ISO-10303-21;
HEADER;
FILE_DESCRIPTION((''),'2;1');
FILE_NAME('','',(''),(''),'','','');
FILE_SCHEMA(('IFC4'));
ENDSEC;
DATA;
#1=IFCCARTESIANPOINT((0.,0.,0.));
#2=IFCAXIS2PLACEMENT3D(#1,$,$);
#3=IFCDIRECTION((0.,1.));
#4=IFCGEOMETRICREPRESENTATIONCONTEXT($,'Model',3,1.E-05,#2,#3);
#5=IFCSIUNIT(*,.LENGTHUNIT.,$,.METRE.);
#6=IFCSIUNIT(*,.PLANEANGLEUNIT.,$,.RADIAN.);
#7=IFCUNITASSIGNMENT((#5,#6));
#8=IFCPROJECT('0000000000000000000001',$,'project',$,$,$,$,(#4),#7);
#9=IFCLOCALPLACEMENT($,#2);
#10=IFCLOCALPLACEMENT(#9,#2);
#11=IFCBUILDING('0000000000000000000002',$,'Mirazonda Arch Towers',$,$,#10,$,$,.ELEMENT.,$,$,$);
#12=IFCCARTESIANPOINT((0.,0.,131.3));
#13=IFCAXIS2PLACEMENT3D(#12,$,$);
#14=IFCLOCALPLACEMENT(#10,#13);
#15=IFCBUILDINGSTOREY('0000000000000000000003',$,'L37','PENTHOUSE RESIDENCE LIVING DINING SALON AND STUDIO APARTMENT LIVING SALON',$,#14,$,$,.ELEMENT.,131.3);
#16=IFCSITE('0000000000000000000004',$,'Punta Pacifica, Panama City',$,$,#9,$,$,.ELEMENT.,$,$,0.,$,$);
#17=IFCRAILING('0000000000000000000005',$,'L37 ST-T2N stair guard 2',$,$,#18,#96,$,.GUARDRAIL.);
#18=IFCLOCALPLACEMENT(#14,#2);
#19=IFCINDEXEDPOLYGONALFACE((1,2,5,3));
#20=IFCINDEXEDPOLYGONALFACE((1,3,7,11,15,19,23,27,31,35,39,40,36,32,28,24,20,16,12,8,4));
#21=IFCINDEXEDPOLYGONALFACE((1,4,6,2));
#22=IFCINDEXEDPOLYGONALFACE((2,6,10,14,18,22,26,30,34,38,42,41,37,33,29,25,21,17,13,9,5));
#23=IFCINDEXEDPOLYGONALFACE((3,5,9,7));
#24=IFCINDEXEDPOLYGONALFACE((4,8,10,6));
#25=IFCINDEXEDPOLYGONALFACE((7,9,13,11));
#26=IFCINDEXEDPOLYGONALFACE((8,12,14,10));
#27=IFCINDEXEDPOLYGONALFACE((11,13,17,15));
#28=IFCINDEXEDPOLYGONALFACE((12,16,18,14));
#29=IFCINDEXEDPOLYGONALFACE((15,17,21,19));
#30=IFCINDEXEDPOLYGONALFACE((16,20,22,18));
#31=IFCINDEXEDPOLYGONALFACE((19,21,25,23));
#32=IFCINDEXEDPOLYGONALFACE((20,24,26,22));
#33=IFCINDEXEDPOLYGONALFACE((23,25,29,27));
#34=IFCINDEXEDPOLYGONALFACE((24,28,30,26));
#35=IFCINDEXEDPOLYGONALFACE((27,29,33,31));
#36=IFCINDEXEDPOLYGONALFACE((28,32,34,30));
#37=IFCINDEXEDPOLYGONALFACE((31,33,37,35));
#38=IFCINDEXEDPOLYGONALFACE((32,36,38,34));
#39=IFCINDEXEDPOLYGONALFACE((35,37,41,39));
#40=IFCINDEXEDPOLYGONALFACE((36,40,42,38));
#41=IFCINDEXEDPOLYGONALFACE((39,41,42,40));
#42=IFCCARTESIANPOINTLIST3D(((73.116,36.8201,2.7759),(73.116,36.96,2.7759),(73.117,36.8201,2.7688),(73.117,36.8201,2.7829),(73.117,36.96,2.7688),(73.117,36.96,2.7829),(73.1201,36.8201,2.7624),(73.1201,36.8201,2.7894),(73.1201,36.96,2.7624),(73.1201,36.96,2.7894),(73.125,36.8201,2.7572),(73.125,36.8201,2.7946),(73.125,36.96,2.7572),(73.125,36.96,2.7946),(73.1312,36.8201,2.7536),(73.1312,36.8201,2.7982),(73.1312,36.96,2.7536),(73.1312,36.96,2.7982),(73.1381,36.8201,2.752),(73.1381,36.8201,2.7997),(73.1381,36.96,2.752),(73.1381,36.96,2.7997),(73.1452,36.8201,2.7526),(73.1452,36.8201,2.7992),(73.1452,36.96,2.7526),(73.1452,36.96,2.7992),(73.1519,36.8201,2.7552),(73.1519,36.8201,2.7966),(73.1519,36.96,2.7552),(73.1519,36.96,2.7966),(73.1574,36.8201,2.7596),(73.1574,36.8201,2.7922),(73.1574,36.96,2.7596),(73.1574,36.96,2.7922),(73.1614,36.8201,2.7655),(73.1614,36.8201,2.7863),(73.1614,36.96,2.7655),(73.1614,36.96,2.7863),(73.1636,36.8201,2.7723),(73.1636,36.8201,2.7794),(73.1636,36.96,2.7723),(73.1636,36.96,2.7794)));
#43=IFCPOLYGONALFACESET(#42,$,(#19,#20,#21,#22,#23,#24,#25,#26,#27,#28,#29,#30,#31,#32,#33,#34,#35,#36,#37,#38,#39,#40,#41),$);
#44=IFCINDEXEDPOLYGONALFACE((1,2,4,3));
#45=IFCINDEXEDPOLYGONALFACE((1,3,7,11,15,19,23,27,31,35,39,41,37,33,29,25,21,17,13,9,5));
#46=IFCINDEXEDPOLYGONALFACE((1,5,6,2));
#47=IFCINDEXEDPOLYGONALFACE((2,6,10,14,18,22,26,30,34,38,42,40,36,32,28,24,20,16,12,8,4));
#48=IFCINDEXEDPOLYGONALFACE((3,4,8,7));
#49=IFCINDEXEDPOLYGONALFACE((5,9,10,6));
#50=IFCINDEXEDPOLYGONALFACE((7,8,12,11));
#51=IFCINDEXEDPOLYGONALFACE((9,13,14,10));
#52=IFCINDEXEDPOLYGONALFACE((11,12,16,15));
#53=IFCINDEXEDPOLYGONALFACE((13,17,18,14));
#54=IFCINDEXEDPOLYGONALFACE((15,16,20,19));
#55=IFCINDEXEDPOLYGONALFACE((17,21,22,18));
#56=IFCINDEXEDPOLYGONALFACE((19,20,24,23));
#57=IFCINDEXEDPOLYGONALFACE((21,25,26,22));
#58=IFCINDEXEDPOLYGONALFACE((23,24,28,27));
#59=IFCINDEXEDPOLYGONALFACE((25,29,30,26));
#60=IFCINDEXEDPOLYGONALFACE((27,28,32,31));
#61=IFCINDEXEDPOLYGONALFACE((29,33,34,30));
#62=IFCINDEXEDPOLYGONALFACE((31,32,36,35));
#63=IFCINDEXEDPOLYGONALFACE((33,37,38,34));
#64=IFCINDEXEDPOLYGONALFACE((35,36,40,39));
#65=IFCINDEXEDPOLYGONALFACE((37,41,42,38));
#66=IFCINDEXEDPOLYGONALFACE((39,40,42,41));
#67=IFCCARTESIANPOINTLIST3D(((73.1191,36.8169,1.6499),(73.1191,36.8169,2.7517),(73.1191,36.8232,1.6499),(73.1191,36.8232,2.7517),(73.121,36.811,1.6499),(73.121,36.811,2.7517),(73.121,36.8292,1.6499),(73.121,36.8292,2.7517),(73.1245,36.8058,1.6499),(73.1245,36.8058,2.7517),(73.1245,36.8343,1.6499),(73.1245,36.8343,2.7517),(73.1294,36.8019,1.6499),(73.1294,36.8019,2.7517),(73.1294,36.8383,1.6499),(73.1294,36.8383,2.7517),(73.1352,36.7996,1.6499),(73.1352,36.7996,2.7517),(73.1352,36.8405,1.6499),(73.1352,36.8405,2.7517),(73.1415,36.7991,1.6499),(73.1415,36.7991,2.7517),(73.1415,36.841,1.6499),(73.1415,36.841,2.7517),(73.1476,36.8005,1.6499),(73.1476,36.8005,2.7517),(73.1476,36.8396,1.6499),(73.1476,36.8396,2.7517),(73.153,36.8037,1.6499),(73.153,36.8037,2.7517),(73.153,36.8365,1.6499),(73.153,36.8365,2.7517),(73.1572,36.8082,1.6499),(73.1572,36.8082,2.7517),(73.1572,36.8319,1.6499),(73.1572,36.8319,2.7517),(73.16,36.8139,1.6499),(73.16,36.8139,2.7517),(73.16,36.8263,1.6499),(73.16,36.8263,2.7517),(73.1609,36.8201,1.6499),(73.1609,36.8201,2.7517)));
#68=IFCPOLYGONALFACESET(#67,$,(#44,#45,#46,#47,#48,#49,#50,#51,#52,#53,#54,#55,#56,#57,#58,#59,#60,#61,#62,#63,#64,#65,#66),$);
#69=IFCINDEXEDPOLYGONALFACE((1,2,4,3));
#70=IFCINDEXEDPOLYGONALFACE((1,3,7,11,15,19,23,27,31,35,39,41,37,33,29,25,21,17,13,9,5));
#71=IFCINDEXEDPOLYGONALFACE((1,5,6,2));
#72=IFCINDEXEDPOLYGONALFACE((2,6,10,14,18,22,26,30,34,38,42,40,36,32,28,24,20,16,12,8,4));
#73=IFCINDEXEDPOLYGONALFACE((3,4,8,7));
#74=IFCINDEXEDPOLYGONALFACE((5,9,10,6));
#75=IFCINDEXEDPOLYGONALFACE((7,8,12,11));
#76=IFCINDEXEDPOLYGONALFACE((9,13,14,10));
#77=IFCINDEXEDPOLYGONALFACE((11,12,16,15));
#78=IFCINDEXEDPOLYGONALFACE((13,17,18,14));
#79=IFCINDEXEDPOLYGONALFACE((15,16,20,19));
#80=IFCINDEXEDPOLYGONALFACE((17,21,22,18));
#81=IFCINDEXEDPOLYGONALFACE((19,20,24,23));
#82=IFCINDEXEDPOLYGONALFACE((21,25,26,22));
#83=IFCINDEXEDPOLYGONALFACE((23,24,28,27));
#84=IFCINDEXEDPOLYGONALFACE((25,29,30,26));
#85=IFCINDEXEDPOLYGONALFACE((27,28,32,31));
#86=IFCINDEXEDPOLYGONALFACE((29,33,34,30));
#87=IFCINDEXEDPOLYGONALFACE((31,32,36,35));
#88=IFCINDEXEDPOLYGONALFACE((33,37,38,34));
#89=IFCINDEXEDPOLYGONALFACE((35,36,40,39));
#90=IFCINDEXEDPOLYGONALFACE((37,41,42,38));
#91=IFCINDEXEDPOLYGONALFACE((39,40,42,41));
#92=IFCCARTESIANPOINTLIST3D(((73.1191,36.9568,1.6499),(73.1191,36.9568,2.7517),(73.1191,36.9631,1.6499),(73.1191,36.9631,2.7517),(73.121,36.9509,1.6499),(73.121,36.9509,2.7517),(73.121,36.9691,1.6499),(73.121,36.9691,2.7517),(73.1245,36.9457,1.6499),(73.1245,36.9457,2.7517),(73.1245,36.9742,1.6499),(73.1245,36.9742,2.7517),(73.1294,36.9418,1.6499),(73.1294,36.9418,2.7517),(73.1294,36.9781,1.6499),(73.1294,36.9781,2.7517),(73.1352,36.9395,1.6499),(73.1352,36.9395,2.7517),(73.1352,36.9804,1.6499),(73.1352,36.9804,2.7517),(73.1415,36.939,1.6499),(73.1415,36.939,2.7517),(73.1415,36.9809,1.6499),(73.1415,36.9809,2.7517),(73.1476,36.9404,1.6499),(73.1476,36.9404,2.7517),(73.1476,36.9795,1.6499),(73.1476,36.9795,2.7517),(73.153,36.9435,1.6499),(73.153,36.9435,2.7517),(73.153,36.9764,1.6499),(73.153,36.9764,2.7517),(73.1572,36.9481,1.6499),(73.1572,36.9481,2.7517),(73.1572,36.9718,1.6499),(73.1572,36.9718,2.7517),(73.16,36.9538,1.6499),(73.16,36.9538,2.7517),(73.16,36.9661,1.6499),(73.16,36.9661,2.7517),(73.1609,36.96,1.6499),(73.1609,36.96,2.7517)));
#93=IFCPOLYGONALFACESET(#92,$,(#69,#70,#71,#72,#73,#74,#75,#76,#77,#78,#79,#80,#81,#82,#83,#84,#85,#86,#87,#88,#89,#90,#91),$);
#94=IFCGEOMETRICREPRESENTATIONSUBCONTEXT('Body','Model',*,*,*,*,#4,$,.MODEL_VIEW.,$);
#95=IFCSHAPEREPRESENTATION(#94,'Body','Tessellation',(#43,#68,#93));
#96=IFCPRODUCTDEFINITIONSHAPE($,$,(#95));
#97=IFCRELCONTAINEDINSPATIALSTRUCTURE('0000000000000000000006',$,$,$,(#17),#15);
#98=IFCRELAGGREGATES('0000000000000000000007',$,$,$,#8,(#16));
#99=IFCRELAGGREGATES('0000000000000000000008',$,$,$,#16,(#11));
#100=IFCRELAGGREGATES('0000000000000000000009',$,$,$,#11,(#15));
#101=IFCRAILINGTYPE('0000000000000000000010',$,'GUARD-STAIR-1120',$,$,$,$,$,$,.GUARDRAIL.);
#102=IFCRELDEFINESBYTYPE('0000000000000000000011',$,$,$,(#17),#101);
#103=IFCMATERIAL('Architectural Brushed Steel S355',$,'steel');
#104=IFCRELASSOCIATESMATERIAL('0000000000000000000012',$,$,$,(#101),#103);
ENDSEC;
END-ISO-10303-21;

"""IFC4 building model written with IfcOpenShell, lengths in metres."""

from ifc_helpers import new_model, si_unit, direction, frame, origin, origin_2d, place, context, subcontext, project, spatial, circle, extrude, material, type_object, element, save


model = new_model("IFC4")

# Units and contexts
model_context = context("Model", 3, precision=1e-05, world=origin(), true_north=direction((0.0, 1.0)))
body_context = subcontext(model_context, "Body", "Model", "MODEL_VIEW")
ifc_project = project(units=[si_unit("LENGTHUNIT", "METRE"), si_unit("PLANEANGLEUNIT", "RADIAN")], contexts=[model_context])

# Site, building, storey
site_placement = place(None, origin())
site = spatial("IfcSite", under=ifc_project, at=site_placement, Name="Punta Pacifica, Panama City", CompositionType="ELEMENT", RefElevation=0.0)
building_placement = place(site_placement, origin())
building = spatial("IfcBuilding", under=site, at=building_placement, Name="Mirazonda Arch Towers", CompositionType="ELEMENT")
storey_placement = place(building_placement, frame((0.0, 0.0, 131.3)))
storey = spatial("IfcBuildingStorey", under=building, at=storey_placement, Name="L37", Description="PENTHOUSE RESIDENCE LIVING DINING SALON AND STUDIO APARTMENT LIVING SALON", CompositionType="ELEMENT", Elevation=131.3)

# Shared definitions
ifc_material_1 = material(Name="Architectural Brushed Steel S355", Category="steel")

# Railing
railing_type_1 = type_object("IfcRailingType", Name="GUARD-STAIR-1120", PredefinedType="GUARDRAIL", material=ifc_material_1)
railing_1_placement = place(storey_placement, frame((73.1399, 36.8201, 1.6499)))
element("IfcRailing", 1, at=railing_1_placement, inside=storey, type_object=railing_type_1, Name="L37 ST-T2N stair guard 2", PredefinedType="GUARDRAIL", context=body_context, shape_type="SweptSolid", body=[
    extrude(circle(Radius=0.0239, at=origin_2d()), frame((0.0, 0.0, 1.126), z_axis=(0.0, 1.0, 0.0), x_axis=(-1.0, 0.0, 0.0)), (0.0, 0.0, 1.0), 0.1399),
    extrude(circle(Radius=0.021, at=origin_2d()), origin(), (0.0, 0.0, 1.0), 1.1018),
    extrude(circle(Radius=0.021, at=origin_2d()), frame((0.0, 0.1399, 0.0)), (0.0, 0.0, 1.0), 1.1018),
])

save(model, "model.ifc")
